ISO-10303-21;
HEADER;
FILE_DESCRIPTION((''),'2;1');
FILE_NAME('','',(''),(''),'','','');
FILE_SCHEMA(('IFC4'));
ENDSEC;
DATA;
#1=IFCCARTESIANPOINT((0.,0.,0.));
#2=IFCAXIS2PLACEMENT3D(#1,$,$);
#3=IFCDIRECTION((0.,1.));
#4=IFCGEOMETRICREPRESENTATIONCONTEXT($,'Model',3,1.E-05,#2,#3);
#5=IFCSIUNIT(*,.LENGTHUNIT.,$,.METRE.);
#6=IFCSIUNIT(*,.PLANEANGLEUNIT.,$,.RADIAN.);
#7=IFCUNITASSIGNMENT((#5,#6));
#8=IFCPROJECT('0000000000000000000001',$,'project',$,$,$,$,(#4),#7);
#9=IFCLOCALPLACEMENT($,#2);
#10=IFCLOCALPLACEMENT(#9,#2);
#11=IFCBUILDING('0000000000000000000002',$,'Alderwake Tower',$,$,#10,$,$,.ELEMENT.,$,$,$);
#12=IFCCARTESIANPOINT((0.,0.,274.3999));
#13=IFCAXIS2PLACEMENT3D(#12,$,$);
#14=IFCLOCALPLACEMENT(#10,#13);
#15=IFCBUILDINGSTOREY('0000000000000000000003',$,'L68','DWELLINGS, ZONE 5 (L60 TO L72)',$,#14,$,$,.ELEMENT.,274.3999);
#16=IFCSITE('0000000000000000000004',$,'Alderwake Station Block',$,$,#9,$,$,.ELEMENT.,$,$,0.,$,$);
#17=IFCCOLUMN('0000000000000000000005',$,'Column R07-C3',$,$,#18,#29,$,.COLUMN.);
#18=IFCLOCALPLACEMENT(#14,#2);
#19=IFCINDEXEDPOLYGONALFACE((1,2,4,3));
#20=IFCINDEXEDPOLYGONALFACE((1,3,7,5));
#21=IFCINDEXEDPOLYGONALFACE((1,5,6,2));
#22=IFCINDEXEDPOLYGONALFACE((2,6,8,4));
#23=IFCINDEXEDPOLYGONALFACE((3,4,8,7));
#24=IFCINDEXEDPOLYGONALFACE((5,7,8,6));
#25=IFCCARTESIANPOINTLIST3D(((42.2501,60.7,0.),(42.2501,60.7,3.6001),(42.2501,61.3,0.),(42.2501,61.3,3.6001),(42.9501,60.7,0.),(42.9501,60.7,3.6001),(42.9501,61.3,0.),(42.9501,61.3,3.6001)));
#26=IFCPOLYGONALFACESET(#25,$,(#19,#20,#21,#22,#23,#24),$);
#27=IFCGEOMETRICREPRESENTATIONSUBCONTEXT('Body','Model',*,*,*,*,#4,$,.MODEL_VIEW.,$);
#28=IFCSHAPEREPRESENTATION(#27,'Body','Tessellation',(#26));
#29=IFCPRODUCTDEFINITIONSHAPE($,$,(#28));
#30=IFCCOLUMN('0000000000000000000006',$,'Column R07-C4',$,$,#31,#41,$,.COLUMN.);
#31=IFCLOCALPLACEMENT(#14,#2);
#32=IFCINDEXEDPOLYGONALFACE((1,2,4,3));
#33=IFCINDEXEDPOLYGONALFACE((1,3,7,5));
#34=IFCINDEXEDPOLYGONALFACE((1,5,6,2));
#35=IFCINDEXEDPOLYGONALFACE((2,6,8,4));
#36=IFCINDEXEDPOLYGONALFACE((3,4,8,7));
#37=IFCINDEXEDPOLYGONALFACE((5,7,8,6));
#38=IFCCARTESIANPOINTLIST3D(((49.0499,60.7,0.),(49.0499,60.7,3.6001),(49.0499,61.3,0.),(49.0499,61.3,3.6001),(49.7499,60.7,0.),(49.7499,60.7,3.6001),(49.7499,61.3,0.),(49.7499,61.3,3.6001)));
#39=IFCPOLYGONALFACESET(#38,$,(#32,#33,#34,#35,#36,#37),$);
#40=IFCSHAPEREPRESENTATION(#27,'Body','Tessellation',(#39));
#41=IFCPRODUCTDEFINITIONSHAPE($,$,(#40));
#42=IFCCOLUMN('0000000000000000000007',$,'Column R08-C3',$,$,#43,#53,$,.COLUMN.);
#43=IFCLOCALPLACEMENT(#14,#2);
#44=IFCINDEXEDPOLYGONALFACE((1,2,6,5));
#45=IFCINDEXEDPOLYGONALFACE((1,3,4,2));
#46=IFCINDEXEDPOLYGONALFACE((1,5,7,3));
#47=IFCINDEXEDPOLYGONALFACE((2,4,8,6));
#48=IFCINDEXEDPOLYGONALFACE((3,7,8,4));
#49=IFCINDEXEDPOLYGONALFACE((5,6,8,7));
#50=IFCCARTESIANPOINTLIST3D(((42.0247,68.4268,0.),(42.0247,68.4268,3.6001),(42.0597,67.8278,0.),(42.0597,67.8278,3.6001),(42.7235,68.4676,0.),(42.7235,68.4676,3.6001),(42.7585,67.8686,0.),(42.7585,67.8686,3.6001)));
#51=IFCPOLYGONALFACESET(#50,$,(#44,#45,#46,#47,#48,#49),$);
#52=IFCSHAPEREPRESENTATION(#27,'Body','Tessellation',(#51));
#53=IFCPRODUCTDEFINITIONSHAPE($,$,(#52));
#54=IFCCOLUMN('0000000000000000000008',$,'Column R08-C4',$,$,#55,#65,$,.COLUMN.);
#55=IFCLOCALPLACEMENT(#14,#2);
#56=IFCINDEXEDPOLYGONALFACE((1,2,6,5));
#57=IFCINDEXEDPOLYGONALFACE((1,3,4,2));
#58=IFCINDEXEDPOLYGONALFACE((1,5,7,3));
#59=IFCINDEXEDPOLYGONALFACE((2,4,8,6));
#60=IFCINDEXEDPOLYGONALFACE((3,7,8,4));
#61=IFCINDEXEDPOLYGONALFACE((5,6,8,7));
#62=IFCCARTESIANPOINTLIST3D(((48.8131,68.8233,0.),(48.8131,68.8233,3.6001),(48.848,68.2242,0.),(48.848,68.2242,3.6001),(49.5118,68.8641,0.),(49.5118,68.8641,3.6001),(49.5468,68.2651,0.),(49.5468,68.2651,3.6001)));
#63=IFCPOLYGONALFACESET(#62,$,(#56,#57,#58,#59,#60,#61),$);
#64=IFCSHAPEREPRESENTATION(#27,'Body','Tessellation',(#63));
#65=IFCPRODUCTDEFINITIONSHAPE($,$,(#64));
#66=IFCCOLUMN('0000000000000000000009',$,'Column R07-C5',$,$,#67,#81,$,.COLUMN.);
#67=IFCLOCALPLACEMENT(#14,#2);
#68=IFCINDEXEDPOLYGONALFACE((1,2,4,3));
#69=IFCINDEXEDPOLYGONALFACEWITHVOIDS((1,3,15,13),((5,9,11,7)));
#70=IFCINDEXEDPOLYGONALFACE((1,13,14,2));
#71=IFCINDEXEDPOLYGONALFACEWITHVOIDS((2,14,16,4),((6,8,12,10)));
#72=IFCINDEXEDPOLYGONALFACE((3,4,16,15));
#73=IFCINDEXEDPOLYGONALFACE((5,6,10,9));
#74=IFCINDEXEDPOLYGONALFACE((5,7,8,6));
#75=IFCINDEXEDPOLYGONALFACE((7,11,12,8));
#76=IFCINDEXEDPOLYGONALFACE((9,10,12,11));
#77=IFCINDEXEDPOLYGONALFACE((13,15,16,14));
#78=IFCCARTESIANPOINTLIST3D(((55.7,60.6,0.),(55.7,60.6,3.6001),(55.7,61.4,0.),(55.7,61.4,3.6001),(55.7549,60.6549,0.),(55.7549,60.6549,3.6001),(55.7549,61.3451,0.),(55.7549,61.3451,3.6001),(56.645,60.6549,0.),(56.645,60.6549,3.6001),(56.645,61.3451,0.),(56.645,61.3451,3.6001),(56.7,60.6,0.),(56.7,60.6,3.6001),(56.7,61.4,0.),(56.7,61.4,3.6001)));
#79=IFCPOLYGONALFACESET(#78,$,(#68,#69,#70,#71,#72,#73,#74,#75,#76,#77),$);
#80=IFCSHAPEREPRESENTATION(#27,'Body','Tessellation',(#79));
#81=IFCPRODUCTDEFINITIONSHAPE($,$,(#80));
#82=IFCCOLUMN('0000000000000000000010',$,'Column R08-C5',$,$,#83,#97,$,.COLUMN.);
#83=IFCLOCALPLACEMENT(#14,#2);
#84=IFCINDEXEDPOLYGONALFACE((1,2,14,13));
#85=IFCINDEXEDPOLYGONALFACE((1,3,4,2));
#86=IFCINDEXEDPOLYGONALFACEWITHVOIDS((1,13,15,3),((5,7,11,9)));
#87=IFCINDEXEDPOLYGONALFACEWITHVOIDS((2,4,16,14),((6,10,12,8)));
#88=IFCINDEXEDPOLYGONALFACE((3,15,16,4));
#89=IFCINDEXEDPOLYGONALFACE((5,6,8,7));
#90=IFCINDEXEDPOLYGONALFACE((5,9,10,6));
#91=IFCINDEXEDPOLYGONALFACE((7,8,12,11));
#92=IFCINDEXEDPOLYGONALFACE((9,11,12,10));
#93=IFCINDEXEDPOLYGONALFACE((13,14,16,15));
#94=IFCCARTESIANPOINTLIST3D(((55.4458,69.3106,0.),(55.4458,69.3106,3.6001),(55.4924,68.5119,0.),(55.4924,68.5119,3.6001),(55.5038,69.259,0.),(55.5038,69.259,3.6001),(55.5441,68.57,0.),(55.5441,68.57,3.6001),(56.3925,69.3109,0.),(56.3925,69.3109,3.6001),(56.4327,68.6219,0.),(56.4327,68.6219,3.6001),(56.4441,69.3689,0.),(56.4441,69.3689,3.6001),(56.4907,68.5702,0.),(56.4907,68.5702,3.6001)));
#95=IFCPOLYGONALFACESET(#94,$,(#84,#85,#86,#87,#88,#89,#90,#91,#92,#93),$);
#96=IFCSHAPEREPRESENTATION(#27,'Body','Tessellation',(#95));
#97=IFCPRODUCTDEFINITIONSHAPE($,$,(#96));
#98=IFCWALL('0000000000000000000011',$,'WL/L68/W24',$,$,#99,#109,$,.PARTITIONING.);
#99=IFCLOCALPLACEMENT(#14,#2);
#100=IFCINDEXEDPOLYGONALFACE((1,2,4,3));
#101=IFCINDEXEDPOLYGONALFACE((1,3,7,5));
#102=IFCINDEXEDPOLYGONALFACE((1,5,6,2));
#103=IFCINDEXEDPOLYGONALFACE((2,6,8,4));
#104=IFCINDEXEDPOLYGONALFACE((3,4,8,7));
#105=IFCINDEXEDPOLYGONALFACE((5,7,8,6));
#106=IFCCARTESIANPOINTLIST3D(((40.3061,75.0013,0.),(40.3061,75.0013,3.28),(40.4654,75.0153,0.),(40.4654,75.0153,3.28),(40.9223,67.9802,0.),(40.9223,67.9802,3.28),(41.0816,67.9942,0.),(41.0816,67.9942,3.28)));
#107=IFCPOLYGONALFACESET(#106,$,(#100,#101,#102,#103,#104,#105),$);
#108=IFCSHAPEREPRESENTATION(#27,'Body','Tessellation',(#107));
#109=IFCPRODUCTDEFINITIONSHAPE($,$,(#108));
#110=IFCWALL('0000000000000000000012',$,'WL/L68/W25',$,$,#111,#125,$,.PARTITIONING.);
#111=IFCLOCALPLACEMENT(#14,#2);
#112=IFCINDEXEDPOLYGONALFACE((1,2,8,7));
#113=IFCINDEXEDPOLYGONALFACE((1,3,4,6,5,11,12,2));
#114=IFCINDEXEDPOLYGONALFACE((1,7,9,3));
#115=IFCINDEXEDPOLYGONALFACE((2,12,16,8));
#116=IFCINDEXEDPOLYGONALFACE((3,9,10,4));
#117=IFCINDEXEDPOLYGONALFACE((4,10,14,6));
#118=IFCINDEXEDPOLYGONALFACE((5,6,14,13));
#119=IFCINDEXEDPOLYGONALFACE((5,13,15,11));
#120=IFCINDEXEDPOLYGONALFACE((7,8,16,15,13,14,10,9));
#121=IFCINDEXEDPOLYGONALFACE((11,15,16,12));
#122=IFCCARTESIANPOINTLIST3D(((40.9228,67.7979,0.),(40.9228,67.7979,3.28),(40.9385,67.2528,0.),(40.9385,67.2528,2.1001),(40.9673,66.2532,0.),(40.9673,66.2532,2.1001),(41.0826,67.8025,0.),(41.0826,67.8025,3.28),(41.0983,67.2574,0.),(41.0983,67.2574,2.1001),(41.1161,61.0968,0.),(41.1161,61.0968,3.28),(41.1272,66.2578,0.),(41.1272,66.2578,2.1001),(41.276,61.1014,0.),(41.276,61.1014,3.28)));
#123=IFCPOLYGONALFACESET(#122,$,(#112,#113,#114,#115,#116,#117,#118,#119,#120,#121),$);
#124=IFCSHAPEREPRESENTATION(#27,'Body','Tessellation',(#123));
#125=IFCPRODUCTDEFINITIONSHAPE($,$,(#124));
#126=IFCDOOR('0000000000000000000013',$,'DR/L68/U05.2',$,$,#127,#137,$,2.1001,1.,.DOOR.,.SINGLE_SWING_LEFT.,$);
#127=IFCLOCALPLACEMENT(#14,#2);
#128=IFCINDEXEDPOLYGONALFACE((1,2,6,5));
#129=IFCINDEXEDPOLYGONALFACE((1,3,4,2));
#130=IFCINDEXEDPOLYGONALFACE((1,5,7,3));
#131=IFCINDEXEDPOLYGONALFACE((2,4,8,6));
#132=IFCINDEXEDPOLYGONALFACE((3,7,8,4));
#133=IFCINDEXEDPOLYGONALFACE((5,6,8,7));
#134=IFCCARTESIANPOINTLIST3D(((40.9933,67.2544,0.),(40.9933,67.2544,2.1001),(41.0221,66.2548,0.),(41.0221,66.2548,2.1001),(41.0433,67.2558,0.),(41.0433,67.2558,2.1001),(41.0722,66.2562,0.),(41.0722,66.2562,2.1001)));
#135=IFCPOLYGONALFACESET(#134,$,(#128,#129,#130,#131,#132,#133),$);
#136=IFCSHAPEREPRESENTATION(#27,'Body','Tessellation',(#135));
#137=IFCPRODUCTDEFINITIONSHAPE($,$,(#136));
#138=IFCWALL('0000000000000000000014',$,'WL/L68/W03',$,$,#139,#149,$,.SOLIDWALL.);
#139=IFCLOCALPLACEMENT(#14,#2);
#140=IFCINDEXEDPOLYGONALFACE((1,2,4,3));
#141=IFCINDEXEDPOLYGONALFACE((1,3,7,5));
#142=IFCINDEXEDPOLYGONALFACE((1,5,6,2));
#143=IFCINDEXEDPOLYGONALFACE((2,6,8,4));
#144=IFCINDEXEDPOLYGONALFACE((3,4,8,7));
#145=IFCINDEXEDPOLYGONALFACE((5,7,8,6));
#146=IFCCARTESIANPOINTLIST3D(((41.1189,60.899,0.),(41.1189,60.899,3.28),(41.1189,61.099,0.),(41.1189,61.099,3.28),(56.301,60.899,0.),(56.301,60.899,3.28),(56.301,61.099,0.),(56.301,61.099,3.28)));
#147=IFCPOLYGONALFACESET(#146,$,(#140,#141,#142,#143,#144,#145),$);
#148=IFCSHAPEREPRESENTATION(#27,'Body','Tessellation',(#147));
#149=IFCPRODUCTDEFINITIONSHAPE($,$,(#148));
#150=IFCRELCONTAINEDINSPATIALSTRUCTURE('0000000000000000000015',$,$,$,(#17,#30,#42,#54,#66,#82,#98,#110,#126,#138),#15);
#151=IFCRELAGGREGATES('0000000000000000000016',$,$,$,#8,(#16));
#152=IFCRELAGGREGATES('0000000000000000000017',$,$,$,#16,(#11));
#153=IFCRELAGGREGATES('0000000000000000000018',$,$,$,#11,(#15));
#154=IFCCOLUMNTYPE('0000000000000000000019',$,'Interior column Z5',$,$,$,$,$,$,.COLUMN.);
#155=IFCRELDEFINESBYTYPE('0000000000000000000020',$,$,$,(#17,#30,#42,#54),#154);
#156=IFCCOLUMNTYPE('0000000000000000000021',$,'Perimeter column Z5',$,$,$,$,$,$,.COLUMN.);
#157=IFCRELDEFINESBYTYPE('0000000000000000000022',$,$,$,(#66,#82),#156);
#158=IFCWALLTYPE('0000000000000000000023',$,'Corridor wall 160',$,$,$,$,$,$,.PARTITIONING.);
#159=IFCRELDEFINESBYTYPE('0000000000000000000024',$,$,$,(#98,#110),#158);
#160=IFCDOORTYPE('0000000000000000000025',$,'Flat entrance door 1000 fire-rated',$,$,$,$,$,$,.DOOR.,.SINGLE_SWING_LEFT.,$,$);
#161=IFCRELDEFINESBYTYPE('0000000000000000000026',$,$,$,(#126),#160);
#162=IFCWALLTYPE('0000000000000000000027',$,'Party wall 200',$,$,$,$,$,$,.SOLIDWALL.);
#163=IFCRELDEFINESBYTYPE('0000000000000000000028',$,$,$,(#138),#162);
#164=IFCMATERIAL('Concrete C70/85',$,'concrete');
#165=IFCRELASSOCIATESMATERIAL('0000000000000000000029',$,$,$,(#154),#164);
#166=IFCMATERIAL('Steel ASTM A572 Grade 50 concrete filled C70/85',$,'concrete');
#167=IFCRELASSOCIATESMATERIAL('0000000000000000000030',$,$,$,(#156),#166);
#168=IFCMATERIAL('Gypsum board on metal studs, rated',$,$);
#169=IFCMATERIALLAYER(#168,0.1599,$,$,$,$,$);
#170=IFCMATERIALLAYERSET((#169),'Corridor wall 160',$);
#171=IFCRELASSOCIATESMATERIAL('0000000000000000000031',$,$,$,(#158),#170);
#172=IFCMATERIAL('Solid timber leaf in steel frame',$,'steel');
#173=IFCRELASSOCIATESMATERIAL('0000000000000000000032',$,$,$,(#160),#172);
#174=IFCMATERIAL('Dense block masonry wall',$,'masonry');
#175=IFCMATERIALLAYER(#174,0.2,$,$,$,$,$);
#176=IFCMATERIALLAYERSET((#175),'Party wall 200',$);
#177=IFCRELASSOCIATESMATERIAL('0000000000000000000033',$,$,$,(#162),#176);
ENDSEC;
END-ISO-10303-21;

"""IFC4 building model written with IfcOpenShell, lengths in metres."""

from ifc_helpers import new_model, si_unit, direction, frame, frame_2d, origin, origin_2d, place, context, subcontext, project, spatial, rectangle, hollow_rectangle, extrude, material, layer, layer_set, material_profile, profile_set, type_object, element, fill, save


model = new_model("IFC4")

# Units and contexts
model_context = context("Model", 3, precision=1e-05, world=origin(), true_north=direction((0.0, 1.0)))
body_context = subcontext(model_context, "Body", "Model", "MODEL_VIEW")
ifc_project = project(units=[si_unit("LENGTHUNIT", "METRE"), si_unit("PLANEANGLEUNIT", "RADIAN")], contexts=[model_context])

# Site, building, storey
site_placement = place(None, origin())
site = spatial("IfcSite", under=ifc_project, at=site_placement, Name="Alderwake Station Block", CompositionType="ELEMENT", RefElevation=0.0)
building_placement = place(site_placement, origin())
building = spatial("IfcBuilding", under=site, at=building_placement, Name="Alderwake Tower", CompositionType="ELEMENT")
storey_placement = place(building_placement, frame((0.0, 0.0, 274.3999)))
storey = spatial("IfcBuildingStorey", under=building, at=storey_placement, Name="L68", Description="DWELLINGS, ZONE 5 (L60 TO L72)", CompositionType="ELEMENT", Elevation=274.3999)

# Columns
ifc_material_1 = material(Name="Concrete C70/85", Category="concrete")
ifc_material_profile_1 = material_profile(ifc_material_1, rectangle(XDim=0.6001, YDim=0.7, at=origin_2d()), Name="RC 700X600")
ifc_profile_set_1 = profile_set([ifc_material_profile_1], Name="Concrete C70/85")
column_type_1 = type_object("IfcColumnType", Name="Interior column Z5", PredefinedType="COLUMN", material=ifc_profile_set_1)
for number, where, z_axis, x_axis, name in (
    (1, (42.6001, 61.0, 0.0), (0.0, 0.0, 1.0), (0.0, 1.0, 0.0), "Column R07-C3"),
    (2, (49.3999, 61.0, 0.0), (0.0, 0.0, 1.0), (0.0, 1.0, 0.0), "Column R07-C4"),
    (3, (42.3916, 68.1477, 0.0), (0.0, 0.0, 1.0), (-0.058299, 0.998299, 0.0), "Column R08-C3"),
    (4, (49.1799, 68.5442, 0.0), (0.0, 0.0, 1.0), (-0.058301, 0.998299, 0.0), "Column R08-C4"),
):
    element("IfcColumn", number, at=place(storey_placement, frame(where, z_axis=z_axis, x_axis=x_axis)), inside=storey, type_object=column_type_1, Name=name, PredefinedType="COLUMN", context=body_context, shape_type="SweptSolid", body=[
        extrude(rectangle(XDim=0.6001, YDim=0.7, at=origin_2d()), origin(), (0.0, 0.0, 1.0), 3.6001),
    ])
ifc_material_2 = material(Name="Steel ASTM A572 Grade 50 concrete filled C70/85", Category="concrete")
ifc_material_profile_2 = material_profile(ifc_material_2, hollow_rectangle(XDim=0.8, YDim=1.0, WallThickness=0.0549, at=origin_2d()), Name="BOX 1000X800X55")
ifc_profile_set_2 = profile_set([ifc_material_profile_2], Name="Steel ASTM A572 Grade 50 concrete filled C70/85")
column_type_2 = type_object("IfcColumnType", Name="Perimeter column Z5", PredefinedType="COLUMN", material=ifc_profile_set_2)
for number, where, z_axis, x_axis, name in (
    (5, (56.2, 61.0, 0.0), (0.0, 0.0, 1.0), (0.0, 1.0, 0.0), "Column R07-C5"),
    (6, (55.9683, 68.9404, 0.0), (0.0, 0.0, 1.0), (-0.058301, 0.998299, 0.0), "Column R08-C5"),
):
    element("IfcColumn", number, at=place(storey_placement, frame(where, z_axis=z_axis, x_axis=x_axis)), inside=storey, type_object=column_type_2, Name=name, PredefinedType="COLUMN", context=body_context, shape_type="SweptSolid", body=[
        extrude(hollow_rectangle(XDim=0.8, YDim=1.0, WallThickness=0.0549, at=origin_2d()), origin(), (0.0, 0.0, 1.0), 3.6001),
    ])

# Wall
ifc_material_3 = material(Name="Gypsum board on metal studs, rated")
ifc_layer_1 = layer(ifc_material_3, 0.1599)
ifc_layer_set_1 = layer_set([ifc_layer_1], Name="Corridor wall 160")
wall_type_1 = type_object("IfcWallType", Name="Corridor wall 160", PredefinedType="PARTITIONING", material=ifc_layer_set_1)
wall_1_placement = place(storey_placement, frame((41.002, 67.9873, 0.0), z_axis=(0.0, 0.0, 1.0), x_axis=(-0.087431, 0.996171, 0.0)))
element("IfcWall", 7, at=wall_1_placement, inside=storey, type_object=wall_type_1, Name="WL/L68/W24", PredefinedType="PARTITIONING", context=body_context, shape_type="SweptSolid", body=[
    extrude(rectangle(XDim=7.0481, YDim=0.1599, at=frame_2d((3.5239, 0.0))), origin(), (0.0, 0.0, 1.0), 3.28),
])

# Wall, opening, door
wall_2_placement = place(storey_placement, frame((41.0027, 67.8003, 0.0), z_axis=(0.0, 0.0, 1.0), x_axis=(0.028843, -0.999584, 0.0)))
wall_2 = element("IfcWall", 8, at=wall_2_placement, inside=storey, type_object=wall_type_1, Name="WL/L68/W25", PredefinedType="PARTITIONING", context=body_context, shape_type="SweptSolid", body=[
    extrude(rectangle(XDim=6.7039, YDim=0.1599, at=frame_2d((3.3521, 0.0))), origin(), (0.0, 0.0, 1.0), 3.28),
])
opening_1_placement = place(wall_2_placement, frame((0.5454, 0.0, 0.0)))
opening_1 = element("IfcOpeningElement", 9, at=opening_1_placement, cuts=wall_2, PredefinedType="OPENING", context=body_context, shape_type="SweptSolid", body=[
    extrude(rectangle(XDim=1.0, YDim=2.1001, at=frame_2d((0.5, 1.05))), frame((0.0, 0.0898, 0.0), z_axis=(0.0, -1.0, 0.0), x_axis=(1.0, 0.0, 0.0)), (0.0, 0.0, 1.0), 0.1799),
])
ifc_material_4 = material(Name="Solid timber leaf in steel frame", Category="steel")
door_type_1 = type_object("IfcDoorType", Name="Flat entrance door 1000 fire-rated", OperationType="SINGLE_SWING_LEFT", PredefinedType="DOOR", material=ifc_material_4)
door_1_placement = place(opening_1_placement, origin())
door_1 = element("IfcDoor", 10, at=door_1_placement, inside=storey, type_object=door_type_1, Name="DR/L68/U05.2", OperationType="SINGLE_SWING_LEFT", OverallHeight=2.1001, OverallWidth=1.0, PredefinedType="DOOR", context=body_context, shape_type="SweptSolid", body=[
    extrude(rectangle(XDim=1.0, YDim=2.1001, at=frame_2d((0.5, 1.05))), frame((0.0, 0.0249, 0.0), z_axis=(0.0, -1.0, 0.0), x_axis=(1.0, 0.0, 0.0)), (0.0, 0.0, 1.0), 0.05),
])
fill(opening_1, door_1)

# Wall
ifc_material_5 = material(Name="Dense block masonry wall", Category="masonry")
ifc_layer_2 = layer(ifc_material_5, 0.2)
ifc_layer_set_2 = layer_set([ifc_layer_2], Name="Party wall 200")
wall_type_2 = type_object("IfcWallType", Name="Party wall 200", PredefinedType="SOLIDWALL", material=ifc_layer_set_2)
wall_3_placement = place(storey_placement, frame((56.301, 60.999, 0.0), z_axis=(0.0, 0.0, 1.0), x_axis=(-1.0, 0.0, 0.0)))
element("IfcWall", 11, at=wall_3_placement, inside=storey, type_object=wall_type_2, Name="WL/L68/W03", PredefinedType="SOLIDWALL", context=body_context, shape_type="SweptSolid", body=[
    extrude(rectangle(XDim=15.1821, YDim=0.2, at=frame_2d((7.5911, 0.0))), origin(), (0.0, 0.0, 1.0), 3.28),
])

save(model, "model.ifc")
